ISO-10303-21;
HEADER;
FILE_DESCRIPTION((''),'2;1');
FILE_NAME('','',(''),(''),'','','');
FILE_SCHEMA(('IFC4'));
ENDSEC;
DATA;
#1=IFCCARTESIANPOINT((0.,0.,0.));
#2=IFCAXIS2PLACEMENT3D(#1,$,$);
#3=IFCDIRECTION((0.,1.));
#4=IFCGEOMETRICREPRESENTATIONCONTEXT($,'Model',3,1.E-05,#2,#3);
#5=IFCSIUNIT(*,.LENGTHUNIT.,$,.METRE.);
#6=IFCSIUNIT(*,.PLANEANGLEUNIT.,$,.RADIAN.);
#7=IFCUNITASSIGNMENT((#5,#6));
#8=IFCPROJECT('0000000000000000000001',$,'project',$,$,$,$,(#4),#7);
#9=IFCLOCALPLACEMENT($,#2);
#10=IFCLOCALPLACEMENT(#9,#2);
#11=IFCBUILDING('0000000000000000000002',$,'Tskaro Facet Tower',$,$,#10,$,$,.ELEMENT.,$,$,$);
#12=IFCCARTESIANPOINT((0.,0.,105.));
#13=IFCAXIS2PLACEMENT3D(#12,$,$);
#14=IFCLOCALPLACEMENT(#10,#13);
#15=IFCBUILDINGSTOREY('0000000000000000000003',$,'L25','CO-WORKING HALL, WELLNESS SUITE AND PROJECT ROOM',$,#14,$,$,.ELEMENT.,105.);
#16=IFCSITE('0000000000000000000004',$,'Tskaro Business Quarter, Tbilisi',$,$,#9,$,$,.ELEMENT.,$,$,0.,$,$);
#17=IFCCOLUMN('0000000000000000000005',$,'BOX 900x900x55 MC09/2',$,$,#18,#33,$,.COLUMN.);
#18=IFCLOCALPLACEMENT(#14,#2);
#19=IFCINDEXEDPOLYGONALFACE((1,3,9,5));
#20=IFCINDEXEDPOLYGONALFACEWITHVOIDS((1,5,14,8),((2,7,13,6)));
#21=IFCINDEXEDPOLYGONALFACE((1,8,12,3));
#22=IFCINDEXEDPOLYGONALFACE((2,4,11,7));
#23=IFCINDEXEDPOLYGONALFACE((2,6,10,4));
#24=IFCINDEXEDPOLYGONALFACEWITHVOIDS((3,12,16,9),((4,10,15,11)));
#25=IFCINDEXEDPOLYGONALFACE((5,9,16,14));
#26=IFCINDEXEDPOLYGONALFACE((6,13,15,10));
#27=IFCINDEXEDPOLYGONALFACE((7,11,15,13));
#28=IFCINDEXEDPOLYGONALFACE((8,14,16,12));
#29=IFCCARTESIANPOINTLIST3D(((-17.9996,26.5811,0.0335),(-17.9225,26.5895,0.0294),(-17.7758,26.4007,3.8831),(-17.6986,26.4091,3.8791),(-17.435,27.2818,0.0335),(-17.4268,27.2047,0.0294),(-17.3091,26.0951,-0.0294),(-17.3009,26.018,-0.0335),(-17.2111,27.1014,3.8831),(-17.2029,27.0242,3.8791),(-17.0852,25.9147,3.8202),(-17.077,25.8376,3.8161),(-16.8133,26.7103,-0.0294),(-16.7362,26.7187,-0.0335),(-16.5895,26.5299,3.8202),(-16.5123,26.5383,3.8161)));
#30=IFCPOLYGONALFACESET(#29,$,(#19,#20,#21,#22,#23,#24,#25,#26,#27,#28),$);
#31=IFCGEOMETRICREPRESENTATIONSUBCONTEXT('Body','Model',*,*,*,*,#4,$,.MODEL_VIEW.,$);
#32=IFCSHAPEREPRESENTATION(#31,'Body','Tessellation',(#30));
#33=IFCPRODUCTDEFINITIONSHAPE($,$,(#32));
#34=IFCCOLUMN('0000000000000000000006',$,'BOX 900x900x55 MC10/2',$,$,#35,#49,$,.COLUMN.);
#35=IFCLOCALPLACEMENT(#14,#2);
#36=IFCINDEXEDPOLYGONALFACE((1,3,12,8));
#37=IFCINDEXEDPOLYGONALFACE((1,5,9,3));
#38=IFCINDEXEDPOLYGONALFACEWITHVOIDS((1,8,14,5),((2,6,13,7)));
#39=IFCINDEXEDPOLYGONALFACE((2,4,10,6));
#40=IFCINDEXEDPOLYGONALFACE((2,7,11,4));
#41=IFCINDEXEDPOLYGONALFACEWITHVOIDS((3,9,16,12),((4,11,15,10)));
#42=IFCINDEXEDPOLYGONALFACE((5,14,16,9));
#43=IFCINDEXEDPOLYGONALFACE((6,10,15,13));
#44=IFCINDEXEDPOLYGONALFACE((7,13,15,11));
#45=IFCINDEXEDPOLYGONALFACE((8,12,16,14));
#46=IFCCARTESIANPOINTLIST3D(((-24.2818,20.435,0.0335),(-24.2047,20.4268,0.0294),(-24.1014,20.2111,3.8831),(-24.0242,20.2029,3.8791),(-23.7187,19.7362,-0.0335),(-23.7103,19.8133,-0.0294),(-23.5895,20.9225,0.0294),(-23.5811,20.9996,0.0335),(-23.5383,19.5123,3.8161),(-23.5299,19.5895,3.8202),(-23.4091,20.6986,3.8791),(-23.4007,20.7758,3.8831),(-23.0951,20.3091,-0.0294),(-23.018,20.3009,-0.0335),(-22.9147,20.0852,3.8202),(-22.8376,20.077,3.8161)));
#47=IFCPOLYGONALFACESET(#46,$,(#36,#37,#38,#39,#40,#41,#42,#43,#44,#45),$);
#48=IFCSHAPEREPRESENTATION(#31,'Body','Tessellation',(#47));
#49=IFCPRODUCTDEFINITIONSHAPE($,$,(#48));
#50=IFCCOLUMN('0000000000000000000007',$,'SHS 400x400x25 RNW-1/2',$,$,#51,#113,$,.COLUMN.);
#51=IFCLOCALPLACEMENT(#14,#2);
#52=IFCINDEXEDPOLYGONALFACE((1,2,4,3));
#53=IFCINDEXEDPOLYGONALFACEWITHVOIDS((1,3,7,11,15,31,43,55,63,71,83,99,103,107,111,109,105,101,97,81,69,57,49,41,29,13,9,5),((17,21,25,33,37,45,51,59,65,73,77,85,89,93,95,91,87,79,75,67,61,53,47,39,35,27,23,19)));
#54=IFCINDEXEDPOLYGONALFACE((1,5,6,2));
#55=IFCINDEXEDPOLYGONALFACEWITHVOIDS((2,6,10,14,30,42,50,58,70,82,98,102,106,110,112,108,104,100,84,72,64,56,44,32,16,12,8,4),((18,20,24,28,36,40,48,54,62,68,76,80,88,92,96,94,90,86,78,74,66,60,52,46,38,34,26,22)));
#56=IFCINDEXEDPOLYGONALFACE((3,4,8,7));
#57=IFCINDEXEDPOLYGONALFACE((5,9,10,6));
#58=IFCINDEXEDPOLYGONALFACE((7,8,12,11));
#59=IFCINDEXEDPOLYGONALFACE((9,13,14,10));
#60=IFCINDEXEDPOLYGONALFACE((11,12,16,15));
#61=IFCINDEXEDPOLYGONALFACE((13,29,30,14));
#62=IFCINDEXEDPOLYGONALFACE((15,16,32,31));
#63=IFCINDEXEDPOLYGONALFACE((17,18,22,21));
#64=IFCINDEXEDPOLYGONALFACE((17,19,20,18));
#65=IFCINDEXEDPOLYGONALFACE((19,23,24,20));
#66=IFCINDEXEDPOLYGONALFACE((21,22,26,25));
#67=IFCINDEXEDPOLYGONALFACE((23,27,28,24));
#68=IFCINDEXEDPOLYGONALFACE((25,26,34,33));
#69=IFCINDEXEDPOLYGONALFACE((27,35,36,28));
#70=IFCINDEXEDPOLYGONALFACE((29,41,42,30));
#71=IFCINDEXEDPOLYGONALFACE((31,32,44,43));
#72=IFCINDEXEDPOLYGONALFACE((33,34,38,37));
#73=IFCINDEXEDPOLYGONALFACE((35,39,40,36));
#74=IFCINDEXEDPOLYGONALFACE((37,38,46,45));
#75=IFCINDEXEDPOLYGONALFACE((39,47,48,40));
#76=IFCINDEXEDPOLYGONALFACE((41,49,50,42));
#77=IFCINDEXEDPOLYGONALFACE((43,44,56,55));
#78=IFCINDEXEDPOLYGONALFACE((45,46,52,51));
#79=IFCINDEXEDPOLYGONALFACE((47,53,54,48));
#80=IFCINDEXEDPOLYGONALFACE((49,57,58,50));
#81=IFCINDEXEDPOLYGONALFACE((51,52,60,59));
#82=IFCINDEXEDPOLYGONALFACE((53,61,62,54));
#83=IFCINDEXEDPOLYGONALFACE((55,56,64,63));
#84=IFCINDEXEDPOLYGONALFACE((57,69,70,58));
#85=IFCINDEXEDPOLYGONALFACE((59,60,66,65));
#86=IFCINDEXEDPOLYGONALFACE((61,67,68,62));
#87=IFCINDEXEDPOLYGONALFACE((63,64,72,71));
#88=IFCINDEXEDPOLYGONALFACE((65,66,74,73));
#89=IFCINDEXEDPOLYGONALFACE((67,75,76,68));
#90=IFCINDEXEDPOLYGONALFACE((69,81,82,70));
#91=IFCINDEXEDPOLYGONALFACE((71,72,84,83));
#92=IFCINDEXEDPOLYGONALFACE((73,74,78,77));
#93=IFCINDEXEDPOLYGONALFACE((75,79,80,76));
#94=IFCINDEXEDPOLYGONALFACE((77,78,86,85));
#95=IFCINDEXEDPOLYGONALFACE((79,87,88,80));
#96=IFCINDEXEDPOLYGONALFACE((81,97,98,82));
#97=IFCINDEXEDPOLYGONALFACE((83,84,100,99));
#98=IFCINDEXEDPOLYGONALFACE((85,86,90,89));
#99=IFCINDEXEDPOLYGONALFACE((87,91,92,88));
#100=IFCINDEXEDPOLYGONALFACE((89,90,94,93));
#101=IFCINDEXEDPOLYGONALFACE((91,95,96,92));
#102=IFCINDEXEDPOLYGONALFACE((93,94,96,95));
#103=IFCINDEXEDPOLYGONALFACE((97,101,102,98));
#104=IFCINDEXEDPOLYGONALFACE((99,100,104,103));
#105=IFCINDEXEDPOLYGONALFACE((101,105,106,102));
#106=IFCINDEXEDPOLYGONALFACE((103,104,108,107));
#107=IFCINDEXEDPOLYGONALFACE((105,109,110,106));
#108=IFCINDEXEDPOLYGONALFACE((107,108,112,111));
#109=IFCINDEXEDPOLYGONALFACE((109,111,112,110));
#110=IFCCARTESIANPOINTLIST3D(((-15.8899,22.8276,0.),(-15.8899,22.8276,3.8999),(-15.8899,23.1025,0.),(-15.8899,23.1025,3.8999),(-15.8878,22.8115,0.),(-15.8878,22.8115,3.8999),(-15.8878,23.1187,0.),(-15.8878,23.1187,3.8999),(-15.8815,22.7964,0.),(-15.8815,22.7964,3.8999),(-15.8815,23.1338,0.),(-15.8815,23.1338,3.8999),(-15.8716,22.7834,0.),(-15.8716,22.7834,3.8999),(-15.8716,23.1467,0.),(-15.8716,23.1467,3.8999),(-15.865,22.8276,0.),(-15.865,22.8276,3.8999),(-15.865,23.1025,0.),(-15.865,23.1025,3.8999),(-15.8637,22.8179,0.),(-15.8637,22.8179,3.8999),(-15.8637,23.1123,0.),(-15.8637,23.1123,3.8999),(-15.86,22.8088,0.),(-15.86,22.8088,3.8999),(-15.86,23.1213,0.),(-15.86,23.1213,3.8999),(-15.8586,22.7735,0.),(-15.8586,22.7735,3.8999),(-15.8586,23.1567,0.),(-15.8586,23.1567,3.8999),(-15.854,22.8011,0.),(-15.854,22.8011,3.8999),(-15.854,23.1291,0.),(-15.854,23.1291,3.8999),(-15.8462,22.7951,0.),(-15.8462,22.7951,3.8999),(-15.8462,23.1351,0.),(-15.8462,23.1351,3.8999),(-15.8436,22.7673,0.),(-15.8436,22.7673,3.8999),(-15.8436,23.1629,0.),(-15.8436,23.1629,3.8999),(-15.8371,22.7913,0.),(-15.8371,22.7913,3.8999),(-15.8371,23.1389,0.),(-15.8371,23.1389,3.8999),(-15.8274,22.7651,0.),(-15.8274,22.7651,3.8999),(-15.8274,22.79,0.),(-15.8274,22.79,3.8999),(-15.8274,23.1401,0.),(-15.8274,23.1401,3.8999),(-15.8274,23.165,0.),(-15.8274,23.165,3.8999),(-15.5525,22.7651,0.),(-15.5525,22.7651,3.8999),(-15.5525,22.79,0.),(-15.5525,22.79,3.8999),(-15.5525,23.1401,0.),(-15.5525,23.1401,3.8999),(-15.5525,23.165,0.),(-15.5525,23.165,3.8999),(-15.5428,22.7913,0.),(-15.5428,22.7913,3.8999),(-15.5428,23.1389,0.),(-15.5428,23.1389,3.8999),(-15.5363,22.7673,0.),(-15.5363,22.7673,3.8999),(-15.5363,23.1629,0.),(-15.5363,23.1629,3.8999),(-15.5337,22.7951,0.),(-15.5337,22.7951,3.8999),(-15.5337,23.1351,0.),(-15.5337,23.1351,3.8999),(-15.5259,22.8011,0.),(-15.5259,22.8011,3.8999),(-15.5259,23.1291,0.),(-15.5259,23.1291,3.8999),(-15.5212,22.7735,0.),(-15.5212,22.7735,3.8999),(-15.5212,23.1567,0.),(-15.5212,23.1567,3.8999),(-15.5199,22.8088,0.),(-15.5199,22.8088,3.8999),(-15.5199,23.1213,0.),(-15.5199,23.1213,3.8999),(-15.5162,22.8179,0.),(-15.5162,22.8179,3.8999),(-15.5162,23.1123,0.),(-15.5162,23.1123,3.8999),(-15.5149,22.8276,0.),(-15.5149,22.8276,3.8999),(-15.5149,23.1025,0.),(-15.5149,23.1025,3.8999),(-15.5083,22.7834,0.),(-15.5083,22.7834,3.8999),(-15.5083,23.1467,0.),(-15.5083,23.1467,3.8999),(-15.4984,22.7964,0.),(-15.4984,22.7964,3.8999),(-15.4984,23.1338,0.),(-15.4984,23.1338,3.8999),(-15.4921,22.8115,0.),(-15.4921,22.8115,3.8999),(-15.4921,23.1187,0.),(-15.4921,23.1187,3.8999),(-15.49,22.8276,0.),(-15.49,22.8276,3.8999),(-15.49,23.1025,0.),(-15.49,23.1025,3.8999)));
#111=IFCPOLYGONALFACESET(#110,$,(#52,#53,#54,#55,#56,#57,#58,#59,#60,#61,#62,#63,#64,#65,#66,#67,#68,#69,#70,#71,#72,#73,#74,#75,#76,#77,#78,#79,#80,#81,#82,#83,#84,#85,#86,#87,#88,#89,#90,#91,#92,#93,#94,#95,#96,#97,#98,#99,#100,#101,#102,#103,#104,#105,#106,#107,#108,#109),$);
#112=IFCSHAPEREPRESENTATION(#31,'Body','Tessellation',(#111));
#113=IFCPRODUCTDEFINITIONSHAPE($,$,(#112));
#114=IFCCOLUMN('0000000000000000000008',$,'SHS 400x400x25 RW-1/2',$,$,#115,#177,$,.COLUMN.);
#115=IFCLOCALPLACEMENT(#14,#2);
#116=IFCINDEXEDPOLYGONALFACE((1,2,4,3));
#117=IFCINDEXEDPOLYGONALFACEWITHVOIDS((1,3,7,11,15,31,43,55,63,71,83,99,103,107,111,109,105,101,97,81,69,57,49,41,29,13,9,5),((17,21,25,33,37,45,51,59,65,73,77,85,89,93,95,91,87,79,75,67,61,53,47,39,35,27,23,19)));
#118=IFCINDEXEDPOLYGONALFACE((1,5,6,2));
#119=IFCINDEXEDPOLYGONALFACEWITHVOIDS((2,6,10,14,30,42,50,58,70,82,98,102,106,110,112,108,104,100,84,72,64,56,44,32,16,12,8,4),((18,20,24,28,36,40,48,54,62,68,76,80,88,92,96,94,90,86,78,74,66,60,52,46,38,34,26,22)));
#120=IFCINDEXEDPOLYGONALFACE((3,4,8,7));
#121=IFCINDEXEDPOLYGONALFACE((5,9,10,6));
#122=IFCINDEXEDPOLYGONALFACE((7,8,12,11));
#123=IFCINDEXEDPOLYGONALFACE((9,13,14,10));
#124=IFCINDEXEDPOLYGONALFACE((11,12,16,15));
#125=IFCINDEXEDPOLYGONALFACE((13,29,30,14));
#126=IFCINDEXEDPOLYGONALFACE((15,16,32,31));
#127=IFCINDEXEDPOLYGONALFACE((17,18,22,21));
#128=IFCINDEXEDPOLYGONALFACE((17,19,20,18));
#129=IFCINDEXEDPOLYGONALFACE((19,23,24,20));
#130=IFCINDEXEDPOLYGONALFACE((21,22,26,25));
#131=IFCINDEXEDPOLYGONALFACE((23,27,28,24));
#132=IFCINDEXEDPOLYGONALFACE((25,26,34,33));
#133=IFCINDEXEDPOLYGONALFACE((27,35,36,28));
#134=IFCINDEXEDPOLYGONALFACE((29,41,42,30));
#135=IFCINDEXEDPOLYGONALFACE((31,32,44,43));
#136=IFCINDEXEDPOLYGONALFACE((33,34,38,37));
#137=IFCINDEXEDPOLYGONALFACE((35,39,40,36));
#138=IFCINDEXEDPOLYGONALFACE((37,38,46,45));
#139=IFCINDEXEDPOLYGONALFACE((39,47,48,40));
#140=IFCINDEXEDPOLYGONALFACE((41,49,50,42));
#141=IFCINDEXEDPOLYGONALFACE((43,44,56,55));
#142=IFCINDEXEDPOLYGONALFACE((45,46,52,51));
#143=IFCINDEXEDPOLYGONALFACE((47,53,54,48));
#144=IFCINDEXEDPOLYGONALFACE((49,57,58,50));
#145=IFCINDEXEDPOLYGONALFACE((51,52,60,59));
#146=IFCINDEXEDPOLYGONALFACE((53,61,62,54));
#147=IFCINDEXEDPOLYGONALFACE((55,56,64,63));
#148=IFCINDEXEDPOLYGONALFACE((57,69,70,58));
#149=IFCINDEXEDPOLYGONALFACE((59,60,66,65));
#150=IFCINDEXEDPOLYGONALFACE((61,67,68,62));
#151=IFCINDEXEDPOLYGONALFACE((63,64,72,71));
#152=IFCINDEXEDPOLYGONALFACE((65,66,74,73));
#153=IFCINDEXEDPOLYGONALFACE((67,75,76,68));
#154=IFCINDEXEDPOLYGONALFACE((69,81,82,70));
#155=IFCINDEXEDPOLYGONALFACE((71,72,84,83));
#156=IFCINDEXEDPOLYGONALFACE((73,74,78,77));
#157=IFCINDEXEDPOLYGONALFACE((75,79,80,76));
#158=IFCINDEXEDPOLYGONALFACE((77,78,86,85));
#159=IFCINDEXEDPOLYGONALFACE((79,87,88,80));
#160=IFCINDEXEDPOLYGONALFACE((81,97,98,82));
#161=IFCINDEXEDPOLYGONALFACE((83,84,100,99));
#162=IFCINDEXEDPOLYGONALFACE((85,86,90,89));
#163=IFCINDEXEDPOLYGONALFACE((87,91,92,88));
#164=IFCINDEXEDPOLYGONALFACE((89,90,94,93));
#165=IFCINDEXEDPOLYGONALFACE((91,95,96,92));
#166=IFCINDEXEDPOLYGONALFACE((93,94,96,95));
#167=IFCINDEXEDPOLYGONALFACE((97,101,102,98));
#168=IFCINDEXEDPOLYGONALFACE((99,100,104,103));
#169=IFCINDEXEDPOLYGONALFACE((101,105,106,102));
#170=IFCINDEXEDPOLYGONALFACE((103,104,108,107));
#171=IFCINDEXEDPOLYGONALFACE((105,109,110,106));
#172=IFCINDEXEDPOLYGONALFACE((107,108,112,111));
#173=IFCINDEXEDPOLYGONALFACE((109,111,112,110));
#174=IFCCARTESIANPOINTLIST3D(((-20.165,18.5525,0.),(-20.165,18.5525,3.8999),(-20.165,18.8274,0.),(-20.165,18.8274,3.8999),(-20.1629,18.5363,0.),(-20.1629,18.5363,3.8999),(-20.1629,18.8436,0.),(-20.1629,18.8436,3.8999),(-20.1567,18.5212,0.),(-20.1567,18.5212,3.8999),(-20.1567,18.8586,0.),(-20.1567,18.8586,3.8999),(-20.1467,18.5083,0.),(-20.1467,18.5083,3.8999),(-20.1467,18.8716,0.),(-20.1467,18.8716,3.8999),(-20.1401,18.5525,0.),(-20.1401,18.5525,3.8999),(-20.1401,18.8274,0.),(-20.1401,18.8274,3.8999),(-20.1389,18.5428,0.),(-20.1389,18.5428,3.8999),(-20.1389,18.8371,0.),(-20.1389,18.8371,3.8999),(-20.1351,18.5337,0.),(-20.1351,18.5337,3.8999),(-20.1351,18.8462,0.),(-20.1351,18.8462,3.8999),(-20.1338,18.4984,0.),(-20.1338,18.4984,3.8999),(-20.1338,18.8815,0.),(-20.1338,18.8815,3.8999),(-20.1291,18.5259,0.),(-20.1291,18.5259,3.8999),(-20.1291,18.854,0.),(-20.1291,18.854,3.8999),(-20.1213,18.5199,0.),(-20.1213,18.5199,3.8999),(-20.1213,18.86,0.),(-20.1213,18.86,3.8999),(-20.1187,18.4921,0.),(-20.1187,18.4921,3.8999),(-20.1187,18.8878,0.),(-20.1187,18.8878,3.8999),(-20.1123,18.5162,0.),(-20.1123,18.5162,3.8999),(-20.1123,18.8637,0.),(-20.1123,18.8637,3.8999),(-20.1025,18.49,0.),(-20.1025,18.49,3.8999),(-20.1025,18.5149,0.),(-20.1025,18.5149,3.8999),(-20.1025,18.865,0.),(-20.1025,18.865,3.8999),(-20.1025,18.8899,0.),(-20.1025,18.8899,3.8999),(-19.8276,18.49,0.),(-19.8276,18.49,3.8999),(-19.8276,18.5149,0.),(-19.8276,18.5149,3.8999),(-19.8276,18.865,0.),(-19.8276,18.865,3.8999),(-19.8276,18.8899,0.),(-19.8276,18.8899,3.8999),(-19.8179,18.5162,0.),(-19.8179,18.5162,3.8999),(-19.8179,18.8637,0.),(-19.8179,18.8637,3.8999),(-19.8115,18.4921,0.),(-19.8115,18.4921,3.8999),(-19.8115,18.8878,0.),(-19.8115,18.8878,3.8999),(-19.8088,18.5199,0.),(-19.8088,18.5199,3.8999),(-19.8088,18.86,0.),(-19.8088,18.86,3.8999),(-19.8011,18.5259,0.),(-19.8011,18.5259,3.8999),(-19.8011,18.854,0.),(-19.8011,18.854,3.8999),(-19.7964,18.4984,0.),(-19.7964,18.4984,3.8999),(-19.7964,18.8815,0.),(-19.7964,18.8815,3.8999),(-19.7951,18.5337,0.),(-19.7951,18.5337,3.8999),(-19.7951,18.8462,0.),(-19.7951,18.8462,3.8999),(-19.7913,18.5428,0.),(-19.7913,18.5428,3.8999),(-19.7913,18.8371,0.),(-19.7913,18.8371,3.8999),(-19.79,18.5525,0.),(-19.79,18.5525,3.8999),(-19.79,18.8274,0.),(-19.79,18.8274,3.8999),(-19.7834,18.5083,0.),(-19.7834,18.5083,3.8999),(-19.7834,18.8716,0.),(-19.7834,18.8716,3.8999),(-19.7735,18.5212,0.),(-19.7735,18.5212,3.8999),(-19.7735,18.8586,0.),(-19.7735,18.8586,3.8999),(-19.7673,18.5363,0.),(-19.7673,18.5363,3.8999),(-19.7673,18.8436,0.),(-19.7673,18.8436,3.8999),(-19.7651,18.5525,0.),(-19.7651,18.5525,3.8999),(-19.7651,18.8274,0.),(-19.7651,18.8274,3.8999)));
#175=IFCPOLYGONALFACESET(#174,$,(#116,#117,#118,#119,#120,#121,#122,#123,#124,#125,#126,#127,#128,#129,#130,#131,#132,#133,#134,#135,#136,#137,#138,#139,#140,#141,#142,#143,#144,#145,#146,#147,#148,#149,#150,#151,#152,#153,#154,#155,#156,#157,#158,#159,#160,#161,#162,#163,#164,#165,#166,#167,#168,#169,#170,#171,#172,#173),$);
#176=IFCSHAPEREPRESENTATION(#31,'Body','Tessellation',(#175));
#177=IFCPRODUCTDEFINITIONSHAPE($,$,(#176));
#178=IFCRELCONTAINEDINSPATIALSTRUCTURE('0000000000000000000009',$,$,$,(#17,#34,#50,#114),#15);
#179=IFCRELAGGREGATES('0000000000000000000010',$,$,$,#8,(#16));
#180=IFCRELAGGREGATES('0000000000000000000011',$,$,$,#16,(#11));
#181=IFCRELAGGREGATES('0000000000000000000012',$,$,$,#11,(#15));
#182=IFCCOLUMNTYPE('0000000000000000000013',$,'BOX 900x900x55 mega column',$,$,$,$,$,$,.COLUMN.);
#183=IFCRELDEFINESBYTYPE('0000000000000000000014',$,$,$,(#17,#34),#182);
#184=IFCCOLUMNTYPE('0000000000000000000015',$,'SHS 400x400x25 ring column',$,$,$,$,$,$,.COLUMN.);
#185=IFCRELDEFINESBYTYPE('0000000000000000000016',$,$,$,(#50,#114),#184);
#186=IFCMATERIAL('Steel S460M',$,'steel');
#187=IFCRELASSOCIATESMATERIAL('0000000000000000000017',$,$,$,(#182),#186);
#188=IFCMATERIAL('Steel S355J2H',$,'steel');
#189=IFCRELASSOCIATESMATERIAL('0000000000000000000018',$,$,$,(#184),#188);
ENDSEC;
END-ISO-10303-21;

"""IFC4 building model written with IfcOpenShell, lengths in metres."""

from ifc_helpers import new_model, si_unit, direction, frame, origin, origin_2d, place, context, subcontext, project, spatial, hollow_rectangle, extrude, material, material_profile, profile_set, type_object, element, save


model = new_model("IFC4")

# Units and contexts
model_context = context("Model", 3, precision=1e-05, world=origin(), true_north=direction((0.0, 1.0)))
body_context = subcontext(model_context, "Body", "Model", "MODEL_VIEW")
ifc_project = project(units=[si_unit("LENGTHUNIT", "METRE"), si_unit("PLANEANGLEUNIT", "RADIAN")], contexts=[model_context])

# Site, building, storey
site_placement = place(None, origin())
site = spatial("IfcSite", under=ifc_project, at=site_placement, Name="Tskaro Business Quarter, Tbilisi", CompositionType="ELEMENT", RefElevation=0.0)
building_placement = place(site_placement, origin())
building = spatial("IfcBuilding", under=site, at=building_placement, Name="Tskaro Facet Tower", CompositionType="ELEMENT")
storey_placement = place(building_placement, frame((0.0, 0.0, 105.0)))
storey = spatial("IfcBuildingStorey", under=building, at=storey_placement, Name="L25", Description="CO-WORKING HALL, WELLNESS SUITE AND PROJECT ROOM", CompositionType="ELEMENT", Elevation=105.0)

# Columns
ifc_material_1 = material(Name="Steel S460M", Category="steel")
ifc_material_profile_1 = material_profile(ifc_material_1, hollow_rectangle(XDim=0.8999, YDim=0.8999, WallThickness=0.0549, at=origin_2d()), Name="BOX 900x900x55")
ifc_profile_set_1 = profile_set([ifc_material_profile_1], Name="Steel S460M")
column_type_1 = type_object("IfcColumnType", Name="BOX 900x900x55 mega column", PredefinedType="COLUMN", material=ifc_profile_set_1)
for number, where, z_axis, x_axis, name in (
    (1, (-17.3679, 26.6499, 0.0), (0.057994, -0.046737, 0.997222), (0.627487, 0.778627, 0.0), "BOX 900x900x55 MC09/2"),
    (2, (-23.6499, 20.3679, 0.0), (0.046737, -0.057994, 0.997222), (0.778627, 0.627487, 0.0), "BOX 900x900x55 MC10/2"),
):
    element("IfcColumn", number, at=place(storey_placement, frame(where, z_axis=z_axis, x_axis=x_axis)), inside=storey, type_object=column_type_1, Name=name, PredefinedType="COLUMN", context=body_context, shape_type="SweptSolid", body=[
        extrude(hollow_rectangle(XDim=0.8999, YDim=0.8999, WallThickness=0.0549, at=origin_2d()), origin(), (0.0, 0.0, 1.0), 3.8604),
    ])
ifc_material_2 = material(Name="Steel S355J2H", Category="steel")
ifc_material_profile_2 = material_profile(ifc_material_2, hollow_rectangle(XDim=0.3999, YDim=0.3999, WallThickness=0.0249, InnerFilletRadius=0.0376, OuterFilletRadius=0.0625, at=origin_2d()), Name="SHS 400x400x25")
ifc_profile_set_2 = profile_set([ifc_material_profile_2], Name="Steel S355J2H")
column_type_2 = type_object("IfcColumnType", Name="SHS 400x400x25 ring column", PredefinedType="COLUMN", material=ifc_profile_set_2)
for number, where, z_axis, x_axis, name in (
    (3, (-15.6899, 22.9651, 0.0), (0.0, 0.0, 1.0), (1.0, 0.0, 0.0), "SHS 400x400x25 RNW-1/2"),
    (4, (-19.9651, 18.6899, 0.0), (0.0, 0.0, 1.0), (1.0, 0.0, 0.0), "SHS 400x400x25 RW-1/2"),
):
    element("IfcColumn", number, at=place(storey_placement, frame(where, z_axis=z_axis, x_axis=x_axis)), inside=storey, type_object=column_type_2, Name=name, PredefinedType="COLUMN", context=body_context, shape_type="SweptSolid", body=[
        extrude(hollow_rectangle(XDim=0.3999, YDim=0.3999, WallThickness=0.0249, InnerFilletRadius=0.0376, OuterFilletRadius=0.0625, at=origin_2d()), origin(), (0.0, 0.0, 1.0), 3.8999),
    ])

save(model, "model.ifc")
